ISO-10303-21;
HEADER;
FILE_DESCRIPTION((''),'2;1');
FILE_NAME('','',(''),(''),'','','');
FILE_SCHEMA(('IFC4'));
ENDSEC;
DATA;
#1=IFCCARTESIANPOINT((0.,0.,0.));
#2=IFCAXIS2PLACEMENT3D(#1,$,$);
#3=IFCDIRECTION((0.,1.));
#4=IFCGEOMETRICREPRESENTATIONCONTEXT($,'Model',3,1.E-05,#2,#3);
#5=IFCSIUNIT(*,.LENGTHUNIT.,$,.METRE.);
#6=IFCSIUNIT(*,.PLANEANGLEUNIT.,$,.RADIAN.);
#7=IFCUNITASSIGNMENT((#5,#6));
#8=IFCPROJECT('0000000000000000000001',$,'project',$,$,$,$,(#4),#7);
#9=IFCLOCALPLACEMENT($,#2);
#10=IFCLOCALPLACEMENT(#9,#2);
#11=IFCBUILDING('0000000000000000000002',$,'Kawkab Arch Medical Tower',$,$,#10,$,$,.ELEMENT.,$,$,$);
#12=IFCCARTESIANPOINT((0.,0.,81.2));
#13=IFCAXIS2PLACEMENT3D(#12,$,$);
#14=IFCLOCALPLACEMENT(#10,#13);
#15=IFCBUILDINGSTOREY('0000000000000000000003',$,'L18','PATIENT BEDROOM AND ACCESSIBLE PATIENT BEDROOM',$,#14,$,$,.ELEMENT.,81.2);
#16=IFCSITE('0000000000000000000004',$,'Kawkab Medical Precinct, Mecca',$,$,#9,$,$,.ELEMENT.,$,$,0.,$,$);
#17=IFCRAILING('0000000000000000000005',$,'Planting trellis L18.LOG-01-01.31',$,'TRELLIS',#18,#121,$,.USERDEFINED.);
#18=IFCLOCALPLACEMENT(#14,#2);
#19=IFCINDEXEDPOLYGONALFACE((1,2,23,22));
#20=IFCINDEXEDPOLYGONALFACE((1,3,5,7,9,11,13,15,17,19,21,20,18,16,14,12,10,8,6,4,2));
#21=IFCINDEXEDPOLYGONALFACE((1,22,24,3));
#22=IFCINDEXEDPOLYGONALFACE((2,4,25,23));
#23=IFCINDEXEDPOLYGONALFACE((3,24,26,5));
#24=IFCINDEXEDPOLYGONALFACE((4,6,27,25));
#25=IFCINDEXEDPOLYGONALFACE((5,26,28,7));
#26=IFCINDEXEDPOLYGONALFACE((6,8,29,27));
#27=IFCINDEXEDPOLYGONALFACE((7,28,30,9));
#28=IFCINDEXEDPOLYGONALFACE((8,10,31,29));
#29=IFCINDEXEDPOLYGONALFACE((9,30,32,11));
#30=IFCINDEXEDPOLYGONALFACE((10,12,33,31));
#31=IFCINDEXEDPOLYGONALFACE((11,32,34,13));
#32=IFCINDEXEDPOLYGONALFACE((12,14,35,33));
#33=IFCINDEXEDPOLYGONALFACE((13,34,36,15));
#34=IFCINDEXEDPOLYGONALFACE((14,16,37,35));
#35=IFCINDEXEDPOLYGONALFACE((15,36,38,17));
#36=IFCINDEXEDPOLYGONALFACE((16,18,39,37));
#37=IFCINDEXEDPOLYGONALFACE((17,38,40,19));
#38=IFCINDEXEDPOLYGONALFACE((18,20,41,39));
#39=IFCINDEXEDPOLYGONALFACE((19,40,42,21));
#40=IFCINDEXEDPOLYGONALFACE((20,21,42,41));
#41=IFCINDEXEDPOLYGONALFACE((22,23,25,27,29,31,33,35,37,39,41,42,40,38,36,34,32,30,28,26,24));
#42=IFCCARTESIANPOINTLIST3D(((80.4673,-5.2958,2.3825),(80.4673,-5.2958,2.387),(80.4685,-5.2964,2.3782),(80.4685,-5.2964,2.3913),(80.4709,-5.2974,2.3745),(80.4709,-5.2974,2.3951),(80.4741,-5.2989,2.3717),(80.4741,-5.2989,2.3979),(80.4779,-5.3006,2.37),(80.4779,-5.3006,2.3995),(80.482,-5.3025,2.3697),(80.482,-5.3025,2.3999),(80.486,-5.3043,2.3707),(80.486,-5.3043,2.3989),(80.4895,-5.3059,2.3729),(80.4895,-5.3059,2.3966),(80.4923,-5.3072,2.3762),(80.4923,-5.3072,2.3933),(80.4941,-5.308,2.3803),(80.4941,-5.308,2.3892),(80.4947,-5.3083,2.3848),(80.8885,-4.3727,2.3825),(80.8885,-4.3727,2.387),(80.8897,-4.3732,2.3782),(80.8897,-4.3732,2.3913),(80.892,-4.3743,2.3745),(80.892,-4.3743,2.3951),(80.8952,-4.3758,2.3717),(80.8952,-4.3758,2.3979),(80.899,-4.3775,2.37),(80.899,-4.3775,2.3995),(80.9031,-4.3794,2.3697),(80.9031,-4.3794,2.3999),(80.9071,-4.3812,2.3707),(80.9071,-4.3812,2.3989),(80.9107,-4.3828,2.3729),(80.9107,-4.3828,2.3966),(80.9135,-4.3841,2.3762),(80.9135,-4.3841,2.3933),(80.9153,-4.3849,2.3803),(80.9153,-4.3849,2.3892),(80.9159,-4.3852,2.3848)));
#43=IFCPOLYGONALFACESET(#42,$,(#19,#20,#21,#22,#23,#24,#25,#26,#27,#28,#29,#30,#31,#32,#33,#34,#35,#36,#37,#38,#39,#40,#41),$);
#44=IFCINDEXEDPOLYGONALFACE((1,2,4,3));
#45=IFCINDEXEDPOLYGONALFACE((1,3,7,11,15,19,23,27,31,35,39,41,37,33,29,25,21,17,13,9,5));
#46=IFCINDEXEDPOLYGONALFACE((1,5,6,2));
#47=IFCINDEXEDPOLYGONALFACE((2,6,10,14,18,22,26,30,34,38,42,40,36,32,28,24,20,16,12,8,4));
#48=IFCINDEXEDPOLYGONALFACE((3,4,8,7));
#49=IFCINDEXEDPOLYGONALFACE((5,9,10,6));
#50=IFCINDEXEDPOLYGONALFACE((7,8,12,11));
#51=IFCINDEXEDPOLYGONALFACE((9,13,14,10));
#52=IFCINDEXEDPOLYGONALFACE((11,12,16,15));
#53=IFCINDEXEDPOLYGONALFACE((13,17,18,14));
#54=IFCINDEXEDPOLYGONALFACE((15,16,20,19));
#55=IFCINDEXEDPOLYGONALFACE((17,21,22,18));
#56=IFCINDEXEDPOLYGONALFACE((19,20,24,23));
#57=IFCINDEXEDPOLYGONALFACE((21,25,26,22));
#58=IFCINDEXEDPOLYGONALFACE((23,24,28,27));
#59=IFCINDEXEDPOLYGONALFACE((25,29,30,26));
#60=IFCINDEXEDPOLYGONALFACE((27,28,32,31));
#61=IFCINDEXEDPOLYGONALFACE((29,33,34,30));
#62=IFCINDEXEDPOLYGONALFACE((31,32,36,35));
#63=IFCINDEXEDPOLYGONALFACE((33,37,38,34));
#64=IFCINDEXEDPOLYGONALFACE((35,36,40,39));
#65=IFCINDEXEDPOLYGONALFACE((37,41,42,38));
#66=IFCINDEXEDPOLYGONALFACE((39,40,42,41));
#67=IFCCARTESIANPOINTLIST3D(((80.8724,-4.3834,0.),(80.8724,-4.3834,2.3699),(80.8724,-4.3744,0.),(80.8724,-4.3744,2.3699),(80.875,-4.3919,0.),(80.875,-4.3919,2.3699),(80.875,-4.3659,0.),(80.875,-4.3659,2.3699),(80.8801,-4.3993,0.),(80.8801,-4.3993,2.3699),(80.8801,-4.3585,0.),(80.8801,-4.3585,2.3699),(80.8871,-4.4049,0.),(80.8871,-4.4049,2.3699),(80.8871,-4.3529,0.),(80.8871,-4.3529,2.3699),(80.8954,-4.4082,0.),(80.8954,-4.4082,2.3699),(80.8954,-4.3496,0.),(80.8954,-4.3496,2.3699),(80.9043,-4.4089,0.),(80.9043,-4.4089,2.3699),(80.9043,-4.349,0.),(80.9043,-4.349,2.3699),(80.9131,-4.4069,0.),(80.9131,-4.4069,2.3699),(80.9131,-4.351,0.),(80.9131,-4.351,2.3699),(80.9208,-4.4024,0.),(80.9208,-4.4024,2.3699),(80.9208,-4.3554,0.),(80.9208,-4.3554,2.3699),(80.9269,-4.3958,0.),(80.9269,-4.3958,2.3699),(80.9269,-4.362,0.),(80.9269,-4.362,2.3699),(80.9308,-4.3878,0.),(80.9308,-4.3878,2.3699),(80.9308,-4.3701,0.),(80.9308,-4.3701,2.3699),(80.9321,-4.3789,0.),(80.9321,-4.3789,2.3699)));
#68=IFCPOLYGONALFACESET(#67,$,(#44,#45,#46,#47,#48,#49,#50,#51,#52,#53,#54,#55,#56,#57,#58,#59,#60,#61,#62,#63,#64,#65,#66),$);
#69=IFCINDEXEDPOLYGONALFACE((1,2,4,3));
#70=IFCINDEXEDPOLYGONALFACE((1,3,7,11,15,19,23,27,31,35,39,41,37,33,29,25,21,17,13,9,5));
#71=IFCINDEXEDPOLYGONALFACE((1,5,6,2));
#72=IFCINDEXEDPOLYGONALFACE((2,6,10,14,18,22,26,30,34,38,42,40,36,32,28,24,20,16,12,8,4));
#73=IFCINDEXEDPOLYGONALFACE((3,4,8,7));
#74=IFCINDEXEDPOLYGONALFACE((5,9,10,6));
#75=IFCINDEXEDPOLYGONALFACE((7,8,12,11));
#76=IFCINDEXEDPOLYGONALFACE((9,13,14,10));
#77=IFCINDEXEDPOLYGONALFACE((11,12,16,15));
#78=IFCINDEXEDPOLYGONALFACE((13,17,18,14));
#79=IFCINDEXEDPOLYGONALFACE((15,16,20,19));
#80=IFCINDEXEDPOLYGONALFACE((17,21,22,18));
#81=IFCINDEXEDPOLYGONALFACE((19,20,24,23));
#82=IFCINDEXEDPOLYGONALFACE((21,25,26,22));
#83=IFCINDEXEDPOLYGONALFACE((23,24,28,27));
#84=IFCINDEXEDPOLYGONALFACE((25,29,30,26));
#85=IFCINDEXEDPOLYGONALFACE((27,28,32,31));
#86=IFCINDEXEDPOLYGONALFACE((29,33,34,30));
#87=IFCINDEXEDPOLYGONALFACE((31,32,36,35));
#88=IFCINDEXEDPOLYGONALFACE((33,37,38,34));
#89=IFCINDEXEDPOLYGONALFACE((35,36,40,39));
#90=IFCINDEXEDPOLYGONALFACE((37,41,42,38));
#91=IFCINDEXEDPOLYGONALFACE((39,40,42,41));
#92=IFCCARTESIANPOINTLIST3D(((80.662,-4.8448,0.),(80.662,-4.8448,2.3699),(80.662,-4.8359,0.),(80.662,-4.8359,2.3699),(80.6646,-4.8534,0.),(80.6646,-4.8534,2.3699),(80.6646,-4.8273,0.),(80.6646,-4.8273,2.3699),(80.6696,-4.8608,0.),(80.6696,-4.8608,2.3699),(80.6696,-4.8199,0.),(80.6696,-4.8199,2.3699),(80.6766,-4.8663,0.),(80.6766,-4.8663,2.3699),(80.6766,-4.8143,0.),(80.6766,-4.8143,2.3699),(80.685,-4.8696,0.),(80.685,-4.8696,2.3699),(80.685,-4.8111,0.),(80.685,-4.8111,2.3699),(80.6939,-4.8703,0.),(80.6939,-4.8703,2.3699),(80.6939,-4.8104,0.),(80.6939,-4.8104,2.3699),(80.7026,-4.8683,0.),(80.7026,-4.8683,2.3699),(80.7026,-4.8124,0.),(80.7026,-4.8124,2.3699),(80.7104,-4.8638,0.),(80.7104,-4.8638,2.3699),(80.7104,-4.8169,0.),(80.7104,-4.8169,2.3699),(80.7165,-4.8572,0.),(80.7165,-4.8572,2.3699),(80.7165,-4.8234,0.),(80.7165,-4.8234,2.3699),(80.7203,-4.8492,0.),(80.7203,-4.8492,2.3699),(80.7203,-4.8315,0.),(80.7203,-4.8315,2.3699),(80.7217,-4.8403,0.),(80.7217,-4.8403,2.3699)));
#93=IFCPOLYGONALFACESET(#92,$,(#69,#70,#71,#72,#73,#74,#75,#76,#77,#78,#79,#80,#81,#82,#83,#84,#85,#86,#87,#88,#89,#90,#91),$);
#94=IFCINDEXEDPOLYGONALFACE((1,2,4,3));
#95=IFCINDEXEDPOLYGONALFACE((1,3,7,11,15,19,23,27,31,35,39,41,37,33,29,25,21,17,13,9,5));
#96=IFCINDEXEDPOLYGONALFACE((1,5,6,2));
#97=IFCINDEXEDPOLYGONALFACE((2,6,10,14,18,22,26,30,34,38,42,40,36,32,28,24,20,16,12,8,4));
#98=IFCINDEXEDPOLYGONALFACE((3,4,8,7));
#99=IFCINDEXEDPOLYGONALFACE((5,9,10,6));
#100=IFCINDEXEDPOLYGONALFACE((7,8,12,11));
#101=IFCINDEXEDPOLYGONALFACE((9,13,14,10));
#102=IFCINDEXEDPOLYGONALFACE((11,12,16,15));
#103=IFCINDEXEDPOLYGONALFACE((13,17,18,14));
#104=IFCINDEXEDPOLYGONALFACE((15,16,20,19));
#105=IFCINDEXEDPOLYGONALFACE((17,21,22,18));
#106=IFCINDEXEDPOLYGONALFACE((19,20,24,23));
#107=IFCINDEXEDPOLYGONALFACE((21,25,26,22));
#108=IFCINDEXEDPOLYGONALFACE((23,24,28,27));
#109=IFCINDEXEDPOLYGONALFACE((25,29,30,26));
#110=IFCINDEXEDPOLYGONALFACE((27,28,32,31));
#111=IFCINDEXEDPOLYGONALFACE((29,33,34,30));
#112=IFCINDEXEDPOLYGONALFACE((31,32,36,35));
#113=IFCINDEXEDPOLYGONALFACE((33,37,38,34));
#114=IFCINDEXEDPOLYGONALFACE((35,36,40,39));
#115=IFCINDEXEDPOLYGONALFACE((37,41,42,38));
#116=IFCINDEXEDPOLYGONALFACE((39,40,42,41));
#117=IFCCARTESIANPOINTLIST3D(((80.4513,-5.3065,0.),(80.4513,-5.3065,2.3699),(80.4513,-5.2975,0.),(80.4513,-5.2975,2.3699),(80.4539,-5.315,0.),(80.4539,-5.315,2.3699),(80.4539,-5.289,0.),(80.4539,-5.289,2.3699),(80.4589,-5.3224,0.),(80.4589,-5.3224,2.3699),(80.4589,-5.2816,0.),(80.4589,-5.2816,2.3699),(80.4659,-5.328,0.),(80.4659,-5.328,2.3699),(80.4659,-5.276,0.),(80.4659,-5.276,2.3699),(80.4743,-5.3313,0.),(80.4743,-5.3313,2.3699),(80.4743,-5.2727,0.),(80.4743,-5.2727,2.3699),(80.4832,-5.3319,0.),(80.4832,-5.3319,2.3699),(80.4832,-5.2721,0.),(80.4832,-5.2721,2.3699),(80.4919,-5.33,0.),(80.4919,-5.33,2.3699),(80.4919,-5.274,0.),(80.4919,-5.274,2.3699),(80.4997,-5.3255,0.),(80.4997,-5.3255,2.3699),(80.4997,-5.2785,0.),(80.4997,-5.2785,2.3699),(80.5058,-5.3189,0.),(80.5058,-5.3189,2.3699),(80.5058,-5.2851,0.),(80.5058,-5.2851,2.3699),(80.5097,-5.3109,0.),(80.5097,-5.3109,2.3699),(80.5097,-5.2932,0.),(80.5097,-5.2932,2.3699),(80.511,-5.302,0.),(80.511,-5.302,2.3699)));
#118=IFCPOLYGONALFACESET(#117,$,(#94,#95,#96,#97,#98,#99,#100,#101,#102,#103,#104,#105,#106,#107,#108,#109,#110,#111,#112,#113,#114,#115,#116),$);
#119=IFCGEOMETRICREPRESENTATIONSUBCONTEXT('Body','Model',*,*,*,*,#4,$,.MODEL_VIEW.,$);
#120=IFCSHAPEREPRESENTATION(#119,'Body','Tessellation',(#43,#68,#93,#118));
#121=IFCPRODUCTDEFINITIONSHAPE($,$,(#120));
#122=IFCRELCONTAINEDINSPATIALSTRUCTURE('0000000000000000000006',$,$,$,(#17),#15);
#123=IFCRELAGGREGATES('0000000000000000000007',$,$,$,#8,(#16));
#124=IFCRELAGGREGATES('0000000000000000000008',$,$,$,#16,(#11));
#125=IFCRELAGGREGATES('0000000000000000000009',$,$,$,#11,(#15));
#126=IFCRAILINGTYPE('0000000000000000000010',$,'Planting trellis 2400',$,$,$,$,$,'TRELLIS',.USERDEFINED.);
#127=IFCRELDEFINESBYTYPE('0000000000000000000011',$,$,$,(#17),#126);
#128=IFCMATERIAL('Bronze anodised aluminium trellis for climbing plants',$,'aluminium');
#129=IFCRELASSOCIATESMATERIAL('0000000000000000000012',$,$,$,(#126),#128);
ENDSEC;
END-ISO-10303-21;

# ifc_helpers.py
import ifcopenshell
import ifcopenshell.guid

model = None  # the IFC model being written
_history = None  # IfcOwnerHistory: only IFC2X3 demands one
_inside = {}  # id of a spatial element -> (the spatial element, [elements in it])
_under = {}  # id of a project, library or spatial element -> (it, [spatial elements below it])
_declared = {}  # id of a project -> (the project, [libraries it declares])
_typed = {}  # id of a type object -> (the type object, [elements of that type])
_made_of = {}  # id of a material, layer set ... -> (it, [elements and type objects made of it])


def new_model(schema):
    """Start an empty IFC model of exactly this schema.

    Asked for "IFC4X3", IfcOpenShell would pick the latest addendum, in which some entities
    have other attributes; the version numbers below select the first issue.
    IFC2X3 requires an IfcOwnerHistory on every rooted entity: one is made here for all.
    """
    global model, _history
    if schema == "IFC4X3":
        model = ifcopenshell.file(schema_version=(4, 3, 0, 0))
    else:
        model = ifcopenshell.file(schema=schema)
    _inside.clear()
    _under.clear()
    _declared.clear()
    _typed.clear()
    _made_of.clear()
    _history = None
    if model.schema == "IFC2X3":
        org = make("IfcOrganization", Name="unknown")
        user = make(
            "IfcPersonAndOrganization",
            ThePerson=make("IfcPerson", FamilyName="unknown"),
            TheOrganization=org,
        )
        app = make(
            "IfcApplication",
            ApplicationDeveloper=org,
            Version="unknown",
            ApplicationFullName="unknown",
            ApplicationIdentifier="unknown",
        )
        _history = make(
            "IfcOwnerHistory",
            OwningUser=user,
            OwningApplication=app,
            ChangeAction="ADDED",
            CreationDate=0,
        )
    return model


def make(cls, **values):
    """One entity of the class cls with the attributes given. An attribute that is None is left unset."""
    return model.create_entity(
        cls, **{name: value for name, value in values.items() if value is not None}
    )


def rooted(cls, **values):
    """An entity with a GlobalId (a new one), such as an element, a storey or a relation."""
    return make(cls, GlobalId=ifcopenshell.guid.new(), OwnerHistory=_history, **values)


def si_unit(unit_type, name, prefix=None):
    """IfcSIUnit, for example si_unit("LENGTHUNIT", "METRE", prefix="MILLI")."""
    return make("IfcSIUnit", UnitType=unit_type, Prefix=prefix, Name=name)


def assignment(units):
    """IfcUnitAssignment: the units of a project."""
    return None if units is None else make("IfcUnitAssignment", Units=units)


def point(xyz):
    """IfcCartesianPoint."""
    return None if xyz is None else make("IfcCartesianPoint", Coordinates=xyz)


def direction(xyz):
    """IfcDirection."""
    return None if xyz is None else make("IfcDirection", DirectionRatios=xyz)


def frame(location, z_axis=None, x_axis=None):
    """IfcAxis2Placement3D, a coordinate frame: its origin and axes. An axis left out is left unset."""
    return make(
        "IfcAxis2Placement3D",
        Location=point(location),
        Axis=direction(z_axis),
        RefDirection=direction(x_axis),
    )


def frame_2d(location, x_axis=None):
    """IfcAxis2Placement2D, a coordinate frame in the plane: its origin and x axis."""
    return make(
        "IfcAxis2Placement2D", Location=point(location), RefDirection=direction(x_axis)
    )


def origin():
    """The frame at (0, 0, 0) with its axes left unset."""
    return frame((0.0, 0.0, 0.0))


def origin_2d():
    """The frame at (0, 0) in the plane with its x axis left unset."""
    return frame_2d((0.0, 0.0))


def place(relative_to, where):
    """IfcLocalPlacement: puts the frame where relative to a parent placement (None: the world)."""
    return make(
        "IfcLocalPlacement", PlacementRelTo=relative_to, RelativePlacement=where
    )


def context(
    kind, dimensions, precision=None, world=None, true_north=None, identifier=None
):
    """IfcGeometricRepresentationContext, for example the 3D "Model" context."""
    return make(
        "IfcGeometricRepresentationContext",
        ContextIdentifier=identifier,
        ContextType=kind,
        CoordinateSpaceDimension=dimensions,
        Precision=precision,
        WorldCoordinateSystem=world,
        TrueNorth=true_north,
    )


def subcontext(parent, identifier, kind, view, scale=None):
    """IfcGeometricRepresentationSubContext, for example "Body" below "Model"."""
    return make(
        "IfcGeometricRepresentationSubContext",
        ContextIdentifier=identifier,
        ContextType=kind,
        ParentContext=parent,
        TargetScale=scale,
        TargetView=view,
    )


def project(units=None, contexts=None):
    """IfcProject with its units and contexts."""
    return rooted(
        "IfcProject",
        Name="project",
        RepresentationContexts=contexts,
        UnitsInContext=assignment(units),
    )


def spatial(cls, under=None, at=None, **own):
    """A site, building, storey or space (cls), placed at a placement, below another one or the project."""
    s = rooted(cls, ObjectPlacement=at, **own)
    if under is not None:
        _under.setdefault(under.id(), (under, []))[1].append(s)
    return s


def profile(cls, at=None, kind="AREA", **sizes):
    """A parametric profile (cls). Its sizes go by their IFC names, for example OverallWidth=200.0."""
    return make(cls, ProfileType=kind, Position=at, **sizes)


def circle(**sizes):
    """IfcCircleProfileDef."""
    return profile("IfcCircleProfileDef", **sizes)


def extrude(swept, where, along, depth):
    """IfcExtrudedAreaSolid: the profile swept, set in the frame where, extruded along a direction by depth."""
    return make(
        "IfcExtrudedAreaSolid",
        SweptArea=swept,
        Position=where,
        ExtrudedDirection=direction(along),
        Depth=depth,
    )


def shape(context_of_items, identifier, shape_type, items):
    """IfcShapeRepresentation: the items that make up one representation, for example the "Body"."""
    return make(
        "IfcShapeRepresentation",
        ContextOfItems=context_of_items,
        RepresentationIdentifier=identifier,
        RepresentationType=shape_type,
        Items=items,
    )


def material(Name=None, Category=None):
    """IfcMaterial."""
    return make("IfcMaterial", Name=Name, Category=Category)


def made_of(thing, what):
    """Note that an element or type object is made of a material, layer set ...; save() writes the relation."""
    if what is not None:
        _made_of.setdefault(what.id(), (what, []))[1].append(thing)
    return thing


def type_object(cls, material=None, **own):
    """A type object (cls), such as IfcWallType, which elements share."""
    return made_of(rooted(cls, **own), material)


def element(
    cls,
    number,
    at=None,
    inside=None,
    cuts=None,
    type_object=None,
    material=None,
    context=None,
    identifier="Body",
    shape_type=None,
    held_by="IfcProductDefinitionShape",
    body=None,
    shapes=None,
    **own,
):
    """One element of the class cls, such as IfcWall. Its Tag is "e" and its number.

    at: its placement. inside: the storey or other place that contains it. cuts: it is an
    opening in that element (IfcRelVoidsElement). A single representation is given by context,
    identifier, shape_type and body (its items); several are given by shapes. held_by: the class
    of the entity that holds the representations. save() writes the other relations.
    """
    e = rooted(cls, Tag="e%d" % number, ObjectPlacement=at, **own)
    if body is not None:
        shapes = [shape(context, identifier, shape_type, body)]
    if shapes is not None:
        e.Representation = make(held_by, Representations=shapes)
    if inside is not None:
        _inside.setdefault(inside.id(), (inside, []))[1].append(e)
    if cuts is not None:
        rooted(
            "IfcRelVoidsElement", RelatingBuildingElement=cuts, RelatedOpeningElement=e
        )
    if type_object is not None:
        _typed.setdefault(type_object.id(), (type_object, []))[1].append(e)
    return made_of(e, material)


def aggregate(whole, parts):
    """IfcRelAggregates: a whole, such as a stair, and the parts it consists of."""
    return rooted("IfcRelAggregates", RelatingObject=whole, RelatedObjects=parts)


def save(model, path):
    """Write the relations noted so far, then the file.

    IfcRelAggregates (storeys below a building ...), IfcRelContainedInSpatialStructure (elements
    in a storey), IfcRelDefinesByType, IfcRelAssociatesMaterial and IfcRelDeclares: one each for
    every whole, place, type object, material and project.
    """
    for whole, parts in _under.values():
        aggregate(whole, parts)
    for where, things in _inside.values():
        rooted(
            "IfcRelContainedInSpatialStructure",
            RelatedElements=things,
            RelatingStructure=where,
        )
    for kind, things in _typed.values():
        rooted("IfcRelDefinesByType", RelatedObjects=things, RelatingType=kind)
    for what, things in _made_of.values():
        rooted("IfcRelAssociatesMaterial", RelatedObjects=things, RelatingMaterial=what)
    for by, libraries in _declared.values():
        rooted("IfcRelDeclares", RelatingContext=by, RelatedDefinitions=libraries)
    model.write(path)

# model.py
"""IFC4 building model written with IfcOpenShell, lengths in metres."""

from ifc_helpers import new_model, si_unit, direction, frame, origin, origin_2d, place, context, subcontext, project, spatial, circle, extrude, material, type_object, element, save


model = new_model("IFC4")

# Units and contexts
model_context = context("Model", 3, precision=1e-05, world=origin(), true_north=direction((0.0, 1.0)))
body_context = subcontext(model_context, "Body", "Model", "MODEL_VIEW")
ifc_project = project(units=[si_unit("LENGTHUNIT", "METRE"), si_unit("PLANEANGLEUNIT", "RADIAN")], contexts=[model_context])

# Site, building, storey
site_placement = place(None, origin())
site = spatial("IfcSite", under=ifc_project, at=site_placement, Name="Kawkab Medical Precinct, Mecca", CompositionType="ELEMENT", RefElevation=0.0)
building_placement = place(site_placement, origin())
building = spatial("IfcBuilding", under=site, at=building_placement, Name="Kawkab Arch Medical Tower", CompositionType="ELEMENT")
storey_placement = place(building_placement, frame((0.0, 0.0, 81.2)))
storey = spatial("IfcBuildingStorey", under=building, at=storey_placement, Name="L18", Description="PATIENT BEDROOM AND ACCESSIBLE PATIENT BEDROOM", CompositionType="ELEMENT", Elevation=81.2)

# Railing
ifc_material_1 = material(Name="Bronze anodised aluminium trellis for climbing plants", Category="aluminium")
railing_type = type_object("IfcRailingType", Name="Planting trellis 2400", ElementType="TRELLIS", PredefinedType="USERDEFINED", material=ifc_material_1)
railing_1_placement = place(storey_placement, frame((80.9021, -4.3789, 0.0)))
element("IfcRailing", 1, at=railing_1_placement, inside=storey, type_object=railing_type, Name="Planting trellis L18.LOG-01-01.31", ObjectType="TRELLIS", PredefinedType="USERDEFINED", context=body_context, shape_type="SweptSolid", body=[
    extrude(circle(Radius=0.0151, at=origin_2d()), frame((0.0, 0.0, 2.3848), z_axis=(-0.415072, -0.909789, 0.0), x_axis=(0.909789, -0.415072, 0.0)), (0.0, 0.0, 1.0), 1.0146),
    extrude(circle(Radius=0.03, at=origin_2d()), origin(), (0.0, 0.0, 1.0), 2.3699),
    extrude(circle(Radius=0.03, at=origin_2d()), frame((-0.2104, -0.4614, 0.0)), (0.0, 0.0, 1.0), 2.3699),
    extrude(circle(Radius=0.03, at=origin_2d()), frame((-0.4211, -0.9231, 0.0)), (0.0, 0.0, 1.0), 2.3699),
])

save(model, "model.ifc")
